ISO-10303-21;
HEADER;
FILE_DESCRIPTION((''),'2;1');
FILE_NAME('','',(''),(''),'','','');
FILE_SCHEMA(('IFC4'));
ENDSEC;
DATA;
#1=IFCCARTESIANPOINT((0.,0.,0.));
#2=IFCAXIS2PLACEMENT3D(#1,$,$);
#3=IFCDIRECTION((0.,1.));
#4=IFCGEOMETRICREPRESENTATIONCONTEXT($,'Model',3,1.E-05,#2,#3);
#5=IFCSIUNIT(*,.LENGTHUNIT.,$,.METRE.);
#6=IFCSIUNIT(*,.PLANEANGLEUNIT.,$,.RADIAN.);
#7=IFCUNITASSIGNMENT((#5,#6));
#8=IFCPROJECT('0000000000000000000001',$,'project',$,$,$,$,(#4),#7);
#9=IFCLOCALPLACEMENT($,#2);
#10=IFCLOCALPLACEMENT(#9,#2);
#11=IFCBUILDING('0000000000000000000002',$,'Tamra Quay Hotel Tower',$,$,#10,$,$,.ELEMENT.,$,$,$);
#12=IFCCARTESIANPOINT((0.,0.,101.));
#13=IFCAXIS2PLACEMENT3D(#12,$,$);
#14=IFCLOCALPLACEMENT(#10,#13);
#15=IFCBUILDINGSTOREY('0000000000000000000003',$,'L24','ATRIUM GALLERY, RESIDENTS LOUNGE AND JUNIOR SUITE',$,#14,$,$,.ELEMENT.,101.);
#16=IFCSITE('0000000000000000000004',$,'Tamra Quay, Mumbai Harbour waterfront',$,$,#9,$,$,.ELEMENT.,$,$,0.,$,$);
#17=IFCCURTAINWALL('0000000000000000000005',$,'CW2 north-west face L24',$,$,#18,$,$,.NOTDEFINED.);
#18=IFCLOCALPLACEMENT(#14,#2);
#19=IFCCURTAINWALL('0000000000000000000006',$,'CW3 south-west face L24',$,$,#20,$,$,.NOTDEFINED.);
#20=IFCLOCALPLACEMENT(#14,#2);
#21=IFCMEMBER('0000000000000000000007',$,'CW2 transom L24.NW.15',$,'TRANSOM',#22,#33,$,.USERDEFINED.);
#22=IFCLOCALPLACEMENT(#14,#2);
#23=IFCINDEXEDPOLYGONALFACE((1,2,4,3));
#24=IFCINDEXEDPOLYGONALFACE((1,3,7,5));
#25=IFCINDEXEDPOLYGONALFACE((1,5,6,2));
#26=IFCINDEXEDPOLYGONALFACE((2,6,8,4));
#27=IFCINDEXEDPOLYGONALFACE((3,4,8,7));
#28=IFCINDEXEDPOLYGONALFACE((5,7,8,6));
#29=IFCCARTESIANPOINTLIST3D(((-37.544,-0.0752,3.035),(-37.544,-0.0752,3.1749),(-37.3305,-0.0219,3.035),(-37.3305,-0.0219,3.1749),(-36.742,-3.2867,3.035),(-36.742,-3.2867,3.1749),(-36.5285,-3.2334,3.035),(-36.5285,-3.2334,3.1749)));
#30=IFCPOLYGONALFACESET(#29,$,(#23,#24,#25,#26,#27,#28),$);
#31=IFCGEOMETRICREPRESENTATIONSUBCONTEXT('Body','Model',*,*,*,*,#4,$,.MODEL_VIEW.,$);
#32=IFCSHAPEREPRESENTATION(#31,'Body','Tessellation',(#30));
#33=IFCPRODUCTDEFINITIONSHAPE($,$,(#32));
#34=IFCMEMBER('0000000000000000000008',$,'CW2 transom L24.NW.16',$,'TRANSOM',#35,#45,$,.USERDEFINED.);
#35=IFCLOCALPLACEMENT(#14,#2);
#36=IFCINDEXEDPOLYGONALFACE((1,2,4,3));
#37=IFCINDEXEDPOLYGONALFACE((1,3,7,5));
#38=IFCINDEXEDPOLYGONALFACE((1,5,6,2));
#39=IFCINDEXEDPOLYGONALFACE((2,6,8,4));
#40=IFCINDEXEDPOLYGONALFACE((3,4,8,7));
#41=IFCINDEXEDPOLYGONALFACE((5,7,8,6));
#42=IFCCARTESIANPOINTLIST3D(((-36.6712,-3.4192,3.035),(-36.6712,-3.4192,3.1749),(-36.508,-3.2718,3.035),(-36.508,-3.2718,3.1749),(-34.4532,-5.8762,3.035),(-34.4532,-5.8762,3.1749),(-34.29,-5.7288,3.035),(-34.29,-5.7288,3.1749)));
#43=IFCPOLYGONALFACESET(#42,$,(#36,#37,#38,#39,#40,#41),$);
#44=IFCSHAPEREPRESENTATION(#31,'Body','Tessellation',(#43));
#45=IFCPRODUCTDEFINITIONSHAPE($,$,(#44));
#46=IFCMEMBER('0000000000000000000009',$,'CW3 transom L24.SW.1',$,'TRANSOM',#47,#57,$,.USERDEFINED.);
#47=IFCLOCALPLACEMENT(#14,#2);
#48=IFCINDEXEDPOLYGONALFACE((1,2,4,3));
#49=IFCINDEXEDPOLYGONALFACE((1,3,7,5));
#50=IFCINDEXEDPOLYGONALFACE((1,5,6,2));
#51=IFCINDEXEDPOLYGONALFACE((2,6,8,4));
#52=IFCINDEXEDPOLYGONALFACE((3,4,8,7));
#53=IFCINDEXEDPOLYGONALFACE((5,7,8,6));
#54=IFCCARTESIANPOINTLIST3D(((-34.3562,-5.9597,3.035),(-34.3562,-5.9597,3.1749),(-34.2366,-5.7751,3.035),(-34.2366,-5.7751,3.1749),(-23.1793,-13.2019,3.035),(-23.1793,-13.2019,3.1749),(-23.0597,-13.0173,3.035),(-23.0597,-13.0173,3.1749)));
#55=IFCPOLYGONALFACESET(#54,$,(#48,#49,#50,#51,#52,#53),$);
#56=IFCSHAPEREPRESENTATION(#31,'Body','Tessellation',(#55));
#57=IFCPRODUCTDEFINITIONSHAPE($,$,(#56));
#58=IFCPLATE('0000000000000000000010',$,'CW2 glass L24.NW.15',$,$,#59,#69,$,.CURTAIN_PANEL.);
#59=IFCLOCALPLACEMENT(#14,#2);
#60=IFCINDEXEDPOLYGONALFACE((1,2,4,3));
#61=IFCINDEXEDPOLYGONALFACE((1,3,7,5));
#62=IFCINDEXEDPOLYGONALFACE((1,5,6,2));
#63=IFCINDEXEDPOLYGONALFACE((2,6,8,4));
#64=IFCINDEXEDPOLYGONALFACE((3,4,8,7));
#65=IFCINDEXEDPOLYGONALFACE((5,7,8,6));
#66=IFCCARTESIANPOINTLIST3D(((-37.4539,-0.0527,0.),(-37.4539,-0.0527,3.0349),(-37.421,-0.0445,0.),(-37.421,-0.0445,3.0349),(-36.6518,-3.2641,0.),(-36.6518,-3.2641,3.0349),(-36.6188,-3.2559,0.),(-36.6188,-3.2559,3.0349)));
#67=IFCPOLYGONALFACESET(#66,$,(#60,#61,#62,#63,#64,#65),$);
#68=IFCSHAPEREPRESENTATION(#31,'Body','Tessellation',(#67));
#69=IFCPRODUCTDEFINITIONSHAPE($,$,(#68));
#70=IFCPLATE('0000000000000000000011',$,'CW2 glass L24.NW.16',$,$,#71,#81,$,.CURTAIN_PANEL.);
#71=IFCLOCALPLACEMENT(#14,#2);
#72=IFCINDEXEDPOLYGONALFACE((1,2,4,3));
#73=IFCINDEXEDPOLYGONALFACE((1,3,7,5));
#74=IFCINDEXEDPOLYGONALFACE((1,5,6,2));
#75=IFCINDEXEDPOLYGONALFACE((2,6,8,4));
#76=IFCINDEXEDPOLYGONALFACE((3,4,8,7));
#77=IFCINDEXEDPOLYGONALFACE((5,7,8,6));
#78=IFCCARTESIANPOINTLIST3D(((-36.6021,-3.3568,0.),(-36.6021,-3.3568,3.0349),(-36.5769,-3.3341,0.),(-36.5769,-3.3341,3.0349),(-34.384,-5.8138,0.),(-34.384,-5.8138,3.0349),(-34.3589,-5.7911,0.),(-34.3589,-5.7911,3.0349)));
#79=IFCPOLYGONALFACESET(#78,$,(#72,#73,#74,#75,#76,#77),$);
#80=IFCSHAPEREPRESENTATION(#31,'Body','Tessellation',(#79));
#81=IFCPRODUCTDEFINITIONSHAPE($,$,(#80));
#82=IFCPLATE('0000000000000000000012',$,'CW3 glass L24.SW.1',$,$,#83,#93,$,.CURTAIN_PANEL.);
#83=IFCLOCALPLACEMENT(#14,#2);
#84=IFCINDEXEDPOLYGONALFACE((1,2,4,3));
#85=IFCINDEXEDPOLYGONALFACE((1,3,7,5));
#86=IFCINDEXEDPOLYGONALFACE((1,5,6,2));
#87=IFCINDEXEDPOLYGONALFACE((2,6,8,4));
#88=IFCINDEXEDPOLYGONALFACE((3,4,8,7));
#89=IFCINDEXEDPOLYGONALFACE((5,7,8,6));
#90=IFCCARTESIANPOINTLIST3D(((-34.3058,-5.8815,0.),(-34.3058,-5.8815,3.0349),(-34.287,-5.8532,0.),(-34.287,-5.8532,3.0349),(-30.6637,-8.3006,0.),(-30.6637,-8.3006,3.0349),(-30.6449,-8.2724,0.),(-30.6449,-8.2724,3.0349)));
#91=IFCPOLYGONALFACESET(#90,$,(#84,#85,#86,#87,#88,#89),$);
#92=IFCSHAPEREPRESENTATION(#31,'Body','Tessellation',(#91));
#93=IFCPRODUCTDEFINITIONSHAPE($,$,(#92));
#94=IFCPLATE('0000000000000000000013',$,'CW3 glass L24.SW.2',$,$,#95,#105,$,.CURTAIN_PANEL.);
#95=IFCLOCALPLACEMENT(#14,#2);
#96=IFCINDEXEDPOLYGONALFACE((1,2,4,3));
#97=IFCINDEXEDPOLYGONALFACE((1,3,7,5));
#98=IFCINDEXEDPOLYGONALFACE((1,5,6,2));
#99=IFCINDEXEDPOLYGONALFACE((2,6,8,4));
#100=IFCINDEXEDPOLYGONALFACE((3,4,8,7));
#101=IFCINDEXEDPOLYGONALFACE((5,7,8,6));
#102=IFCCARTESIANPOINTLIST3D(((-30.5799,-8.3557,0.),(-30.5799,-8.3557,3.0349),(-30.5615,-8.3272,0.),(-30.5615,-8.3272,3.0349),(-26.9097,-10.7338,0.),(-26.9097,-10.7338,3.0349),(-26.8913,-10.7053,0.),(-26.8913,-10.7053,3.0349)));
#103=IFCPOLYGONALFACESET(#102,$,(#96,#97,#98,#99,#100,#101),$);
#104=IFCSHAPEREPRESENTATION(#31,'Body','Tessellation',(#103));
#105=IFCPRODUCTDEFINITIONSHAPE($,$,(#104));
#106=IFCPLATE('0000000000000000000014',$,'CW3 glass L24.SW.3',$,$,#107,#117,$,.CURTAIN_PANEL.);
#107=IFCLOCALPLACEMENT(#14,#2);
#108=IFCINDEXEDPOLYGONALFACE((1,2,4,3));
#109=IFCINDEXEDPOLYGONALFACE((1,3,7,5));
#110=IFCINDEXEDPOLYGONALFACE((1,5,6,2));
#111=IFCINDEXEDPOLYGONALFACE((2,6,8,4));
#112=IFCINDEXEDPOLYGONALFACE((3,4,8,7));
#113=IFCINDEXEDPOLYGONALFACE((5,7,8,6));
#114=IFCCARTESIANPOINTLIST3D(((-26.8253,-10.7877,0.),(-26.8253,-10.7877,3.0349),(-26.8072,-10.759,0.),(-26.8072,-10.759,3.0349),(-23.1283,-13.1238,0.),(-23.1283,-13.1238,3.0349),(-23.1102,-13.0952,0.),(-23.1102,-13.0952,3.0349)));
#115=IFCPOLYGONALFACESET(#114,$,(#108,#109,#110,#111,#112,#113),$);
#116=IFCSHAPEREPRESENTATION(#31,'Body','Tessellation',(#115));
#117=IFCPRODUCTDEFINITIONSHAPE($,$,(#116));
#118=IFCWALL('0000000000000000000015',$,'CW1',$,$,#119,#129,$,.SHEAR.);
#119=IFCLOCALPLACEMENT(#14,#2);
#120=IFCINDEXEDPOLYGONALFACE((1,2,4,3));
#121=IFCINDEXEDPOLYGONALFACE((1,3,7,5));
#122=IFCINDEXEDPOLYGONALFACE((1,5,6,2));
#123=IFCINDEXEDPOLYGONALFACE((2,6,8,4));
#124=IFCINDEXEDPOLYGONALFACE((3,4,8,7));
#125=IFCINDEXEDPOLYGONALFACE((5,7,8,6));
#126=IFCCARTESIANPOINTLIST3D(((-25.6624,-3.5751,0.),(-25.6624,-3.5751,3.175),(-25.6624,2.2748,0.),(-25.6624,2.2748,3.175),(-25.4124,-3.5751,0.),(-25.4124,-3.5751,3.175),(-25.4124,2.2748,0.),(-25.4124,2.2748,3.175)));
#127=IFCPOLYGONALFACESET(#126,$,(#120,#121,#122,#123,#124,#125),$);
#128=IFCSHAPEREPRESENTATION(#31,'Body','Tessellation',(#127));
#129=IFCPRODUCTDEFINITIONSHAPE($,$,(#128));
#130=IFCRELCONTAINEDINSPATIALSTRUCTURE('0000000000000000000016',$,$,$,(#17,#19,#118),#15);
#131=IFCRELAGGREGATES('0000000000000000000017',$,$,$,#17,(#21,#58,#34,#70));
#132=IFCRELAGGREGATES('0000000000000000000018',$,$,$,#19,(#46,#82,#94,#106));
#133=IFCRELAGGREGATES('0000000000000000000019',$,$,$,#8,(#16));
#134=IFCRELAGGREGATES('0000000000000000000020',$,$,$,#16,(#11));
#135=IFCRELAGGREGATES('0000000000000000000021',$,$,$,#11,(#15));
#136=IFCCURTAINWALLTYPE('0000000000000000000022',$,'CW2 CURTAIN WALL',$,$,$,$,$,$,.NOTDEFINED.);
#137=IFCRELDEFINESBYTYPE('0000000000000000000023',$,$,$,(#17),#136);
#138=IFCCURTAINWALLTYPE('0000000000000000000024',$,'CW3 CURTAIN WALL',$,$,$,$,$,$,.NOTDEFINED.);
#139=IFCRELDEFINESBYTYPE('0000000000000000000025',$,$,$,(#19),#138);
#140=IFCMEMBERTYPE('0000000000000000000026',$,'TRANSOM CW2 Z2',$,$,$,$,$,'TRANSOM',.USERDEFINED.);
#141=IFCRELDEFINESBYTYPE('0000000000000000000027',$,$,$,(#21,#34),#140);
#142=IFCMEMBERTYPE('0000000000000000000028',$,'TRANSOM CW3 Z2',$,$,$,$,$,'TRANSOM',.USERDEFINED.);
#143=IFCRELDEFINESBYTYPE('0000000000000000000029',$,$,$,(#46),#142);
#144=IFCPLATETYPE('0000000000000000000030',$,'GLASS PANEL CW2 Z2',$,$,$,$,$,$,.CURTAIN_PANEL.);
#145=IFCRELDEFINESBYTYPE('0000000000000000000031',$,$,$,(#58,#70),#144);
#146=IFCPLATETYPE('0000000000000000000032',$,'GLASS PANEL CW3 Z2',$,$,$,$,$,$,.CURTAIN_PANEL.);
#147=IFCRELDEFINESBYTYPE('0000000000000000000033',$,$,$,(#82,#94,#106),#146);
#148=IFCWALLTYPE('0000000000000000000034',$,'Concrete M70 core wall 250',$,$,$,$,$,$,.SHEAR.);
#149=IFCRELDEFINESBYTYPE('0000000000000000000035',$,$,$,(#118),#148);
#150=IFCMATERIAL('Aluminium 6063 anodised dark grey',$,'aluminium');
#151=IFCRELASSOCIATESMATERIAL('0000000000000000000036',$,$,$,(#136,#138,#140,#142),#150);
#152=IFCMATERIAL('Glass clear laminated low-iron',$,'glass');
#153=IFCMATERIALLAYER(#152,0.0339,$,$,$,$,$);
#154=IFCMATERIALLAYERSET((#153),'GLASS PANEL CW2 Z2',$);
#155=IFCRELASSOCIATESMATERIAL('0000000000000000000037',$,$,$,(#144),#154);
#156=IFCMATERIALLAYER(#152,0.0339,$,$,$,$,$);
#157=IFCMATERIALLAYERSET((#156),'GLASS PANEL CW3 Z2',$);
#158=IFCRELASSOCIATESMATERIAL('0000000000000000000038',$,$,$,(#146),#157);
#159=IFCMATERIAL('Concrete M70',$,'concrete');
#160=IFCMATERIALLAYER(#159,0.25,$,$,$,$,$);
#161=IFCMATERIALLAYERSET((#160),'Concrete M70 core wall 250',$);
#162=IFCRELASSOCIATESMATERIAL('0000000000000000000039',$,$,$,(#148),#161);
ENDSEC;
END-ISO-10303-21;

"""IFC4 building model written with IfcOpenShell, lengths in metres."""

from ifc_helpers import new_model, si_unit, direction, frame, frame_2d, origin, origin_2d, place, context, subcontext, project, spatial, rectangle, extrude, material, layer, layer_set, material_profile, profile_set, type_object, element, aggregate, save


model = new_model("IFC4")

# Units and contexts
model_context = context("Model", 3, precision=1e-05, world=origin(), true_north=direction((0.0, 1.0)))
body_context = subcontext(model_context, "Body", "Model", "MODEL_VIEW")
ifc_project = project(units=[si_unit("LENGTHUNIT", "METRE"), si_unit("PLANEANGLEUNIT", "RADIAN")], contexts=[model_context])

# Site, building, storey
site_placement = place(None, origin())
site = spatial("IfcSite", under=ifc_project, at=site_placement, Name="Tamra Quay, Mumbai Harbour waterfront", CompositionType="ELEMENT", RefElevation=0.0)
building_placement = place(site_placement, origin())
building = spatial("IfcBuilding", under=site, at=building_placement, Name="Tamra Quay Hotel Tower", CompositionType="ELEMENT")
storey_placement = place(building_placement, frame((0.0, 0.0, 101.0)))
storey = spatial("IfcBuildingStorey", under=building, at=storey_placement, Name="L24", Description="ATRIUM GALLERY, RESIDENTS LOUNGE AND JUNIOR SUITE", CompositionType="ELEMENT", Elevation=101.0)

# Shared definitions
ifc_material_1 = material(Name="Concrete M70", Category="concrete")

# Curtain walls
ifc_material_2 = material(Name="Aluminium 6063 anodised dark grey", Category="aluminium")
curtain_wall_type_1 = type_object("IfcCurtainWallType", Name="CW2 CURTAIN WALL", PredefinedType="NOTDEFINED", material=ifc_material_2)
curtain_wall_1_placement = place(storey_placement, origin())
curtain_wall_1 = element("IfcCurtainWall", 1, at=curtain_wall_1_placement, inside=storey, type_object=curtain_wall_type_1, Name="CW2 north-west face L24", PredefinedType="NOTDEFINED")
curtain_wall_type_2 = type_object("IfcCurtainWallType", Name="CW3 CURTAIN WALL", PredefinedType="NOTDEFINED", material=ifc_material_2)
curtain_wall_2_placement = place(storey_placement, origin())
curtain_wall_2 = element("IfcCurtainWall", 2, at=curtain_wall_2_placement, inside=storey, type_object=curtain_wall_type_2, Name="CW3 south-west face L24", PredefinedType="NOTDEFINED")

# Members
ifc_material_profile_1 = material_profile(ifc_material_2, rectangle(XDim=0.22, YDim=0.1399, at=origin_2d()), Name="TRANSOM 220X140")
ifc_profile_set_1 = profile_set([ifc_material_profile_1], Name="Aluminium 6063 anodised dark grey")
member_type_1 = type_object("IfcMemberType", Name="TRANSOM CW2 Z2", ElementType="TRANSOM", PredefinedType="USERDEFINED", material=ifc_profile_set_1)
member_1_placement = place(storey_placement, frame((-37.4373, -0.0486, 3.105), z_axis=(0.242293, -0.970203, 0.0), x_axis=(0.970203, 0.242293, 0.0)))
member_1 = element("IfcMember", 3, at=member_1_placement, type_object=member_type_1, Name="CW2 transom L24.NW.15", ObjectType="TRANSOM", PredefinedType="USERDEFINED", context=body_context, shape_type="SweptSolid", body=[
    extrude(rectangle(XDim=0.22, YDim=0.1399, at=origin_2d()), origin(), (0.0, 0.0, 1.0), 3.3101),
])
member_2_placement = place(storey_placement, frame((-36.5896, -3.3455, 3.105), z_axis=(0.670081, -0.742288, 0.0), x_axis=(0.742288, 0.670081, 0.0)))
member_2 = element("IfcMember", 4, at=member_2_placement, type_object=member_type_1, Name="CW2 transom L24.NW.16", ObjectType="TRANSOM", PredefinedType="USERDEFINED", context=body_context, shape_type="SweptSolid", body=[
    extrude(rectangle(XDim=0.22, YDim=0.1399, at=origin_2d()), origin(), (0.0, 0.0, 1.0), 3.3101),
])
ifc_material_profile_2 = material_profile(ifc_material_2, rectangle(XDim=0.22, YDim=0.1399, at=origin_2d()), Name="TRANSOM 220X140")
ifc_profile_set_2 = profile_set([ifc_material_profile_2], Name="Aluminium 6063 anodised dark grey")
member_type_2 = type_object("IfcMemberType", Name="TRANSOM CW3 Z2", ElementType="TRANSOM", PredefinedType="USERDEFINED", material=ifc_profile_set_2)
member_3_placement = place(storey_placement, frame((-34.2964, -5.8674, 3.105), z_axis=(0.839227, -0.543781, 0.0), x_axis=(0.543781, 0.839227, 0.0)))
member_3 = element("IfcMember", 5, at=member_3_placement, type_object=member_type_2, Name="CW3 transom L24.SW.1", ObjectType="TRANSOM", PredefinedType="USERDEFINED", context=body_context, shape_type="SweptSolid", body=[
    extrude(rectangle(XDim=0.22, YDim=0.1399, at=origin_2d()), origin(), (0.0, 0.0, 1.0), 13.3181),
])

# Plates
ifc_material_3 = material(Name="Glass clear laminated low-iron", Category="glass")
ifc_layer_1 = layer(ifc_material_3, 0.0339)
ifc_layer_set_1 = layer_set([ifc_layer_1], Name="GLASS PANEL CW2 Z2")
plate_type_1 = type_object("IfcPlateType", Name="GLASS PANEL CW2 Z2", PredefinedType="CURTAIN_PANEL", material=ifc_layer_set_1)
plate_1_placement = place(storey_placement, frame((-37.0364, -1.6543, 0.0), z_axis=(0.0, 0.0, 1.0), x_axis=(0.242339, -0.970192, 0.0)))
plate_1 = element("IfcPlate", 6, at=plate_1_placement, type_object=plate_type_1, Name="CW2 glass L24.NW.15", PredefinedType="CURTAIN_PANEL", context=body_context, shape_type="SweptSolid", body=[
    extrude(rectangle(XDim=3.3101, YDim=0.0339, at=origin_2d()), origin(), (0.0, 0.0, 1.0), 3.0349),
])
plate_2_placement = place(storey_placement, frame((-35.4805, -4.574, 0.0), z_axis=(0.0, 0.0, 1.0), x_axis=(0.670088, -0.742282, 0.0)))
plate_2 = element("IfcPlate", 7, at=plate_2_placement, type_object=plate_type_1, Name="CW2 glass L24.NW.16", PredefinedType="CURTAIN_PANEL", context=body_context, shape_type="SweptSolid", body=[
    extrude(rectangle(XDim=3.3101, YDim=0.0339, at=origin_2d()), origin(), (0.0, 0.0, 1.0), 3.0349),
])
aggregate(curtain_wall_1, [member_1, plate_1, member_2, plate_2])
ifc_layer_2 = layer(ifc_material_3, 0.0339)
ifc_layer_set_2 = layer_set([ifc_layer_2], Name="GLASS PANEL CW3 Z2")
plate_type_2 = type_object("IfcPlateType", Name="GLASS PANEL CW3 Z2", PredefinedType="CURTAIN_PANEL", material=ifc_layer_set_2)
plate_3_placement = place(storey_placement, frame((-32.4753, -7.0769, 0.0), z_axis=(0.0, 0.0, 1.0), x_axis=(0.832988, -0.553291, 0.0)))
plate_3 = element("IfcPlate", 8, at=plate_3_placement, type_object=plate_type_2, Name="CW3 glass L24.SW.1", PredefinedType="CURTAIN_PANEL", context=body_context, shape_type="SweptSolid", body=[
    extrude(rectangle(XDim=4.3723, YDim=0.0339, at=origin_2d()), origin(), (0.0, 0.0, 1.0), 3.0349),
])
plate_4_placement = place(storey_placement, frame((-28.7356, -9.5305, 0.0), z_axis=(0.0, 0.0, 1.0), x_axis=(0.839224, -0.543786, 0.0)))
plate_4 = element("IfcPlate", 9, at=plate_4_placement, type_object=plate_type_2, Name="CW3 glass L24.SW.2", PredefinedType="CURTAIN_PANEL", context=body_context, shape_type="SweptSolid", body=[
    extrude(rectangle(XDim=4.3733, YDim=0.0339, at=origin_2d()), origin(), (0.0, 0.0, 1.0), 3.0349),
])
plate_5_placement = place(storey_placement, frame((-24.9678, -11.9414, 0.0), z_axis=(0.0, 0.0, 1.0), x_axis=(0.845362, -0.534193, 0.0)))
plate_5 = element("IfcPlate", 10, at=plate_5_placement, type_object=plate_type_2, Name="CW3 glass L24.SW.3", PredefinedType="CURTAIN_PANEL", context=body_context, shape_type="SweptSolid", body=[
    extrude(rectangle(XDim=4.3733, YDim=0.0339, at=origin_2d()), origin(), (0.0, 0.0, 1.0), 3.0349),
])
aggregate(curtain_wall_2, [member_3, plate_3, plate_4, plate_5])

# Wall
ifc_layer_3 = layer(ifc_material_1, 0.25)
ifc_layer_set_3 = layer_set([ifc_layer_3], Name="Concrete M70 core wall 250")
wall_type = type_object("IfcWallType", Name="Concrete M70 core wall 250", PredefinedType="SHEAR", material=ifc_layer_set_3)
wall_placement = place(storey_placement, frame((-25.5374, -3.575, 0.0), z_axis=(0.0, 0.0, 1.0), x_axis=(0.0, 1.0, 0.0)))
element("IfcWall", 11, at=wall_placement, inside=storey, type_object=wall_type, Name="CW1", PredefinedType="SHEAR", context=body_context, shape_type="SweptSolid", body=[
    extrude(rectangle(XDim=5.8499, YDim=0.25, at=frame_2d((2.9248, 0.0))), origin(), (0.0, 0.0, 1.0), 3.175),
])

save(model, "model.ifc")
